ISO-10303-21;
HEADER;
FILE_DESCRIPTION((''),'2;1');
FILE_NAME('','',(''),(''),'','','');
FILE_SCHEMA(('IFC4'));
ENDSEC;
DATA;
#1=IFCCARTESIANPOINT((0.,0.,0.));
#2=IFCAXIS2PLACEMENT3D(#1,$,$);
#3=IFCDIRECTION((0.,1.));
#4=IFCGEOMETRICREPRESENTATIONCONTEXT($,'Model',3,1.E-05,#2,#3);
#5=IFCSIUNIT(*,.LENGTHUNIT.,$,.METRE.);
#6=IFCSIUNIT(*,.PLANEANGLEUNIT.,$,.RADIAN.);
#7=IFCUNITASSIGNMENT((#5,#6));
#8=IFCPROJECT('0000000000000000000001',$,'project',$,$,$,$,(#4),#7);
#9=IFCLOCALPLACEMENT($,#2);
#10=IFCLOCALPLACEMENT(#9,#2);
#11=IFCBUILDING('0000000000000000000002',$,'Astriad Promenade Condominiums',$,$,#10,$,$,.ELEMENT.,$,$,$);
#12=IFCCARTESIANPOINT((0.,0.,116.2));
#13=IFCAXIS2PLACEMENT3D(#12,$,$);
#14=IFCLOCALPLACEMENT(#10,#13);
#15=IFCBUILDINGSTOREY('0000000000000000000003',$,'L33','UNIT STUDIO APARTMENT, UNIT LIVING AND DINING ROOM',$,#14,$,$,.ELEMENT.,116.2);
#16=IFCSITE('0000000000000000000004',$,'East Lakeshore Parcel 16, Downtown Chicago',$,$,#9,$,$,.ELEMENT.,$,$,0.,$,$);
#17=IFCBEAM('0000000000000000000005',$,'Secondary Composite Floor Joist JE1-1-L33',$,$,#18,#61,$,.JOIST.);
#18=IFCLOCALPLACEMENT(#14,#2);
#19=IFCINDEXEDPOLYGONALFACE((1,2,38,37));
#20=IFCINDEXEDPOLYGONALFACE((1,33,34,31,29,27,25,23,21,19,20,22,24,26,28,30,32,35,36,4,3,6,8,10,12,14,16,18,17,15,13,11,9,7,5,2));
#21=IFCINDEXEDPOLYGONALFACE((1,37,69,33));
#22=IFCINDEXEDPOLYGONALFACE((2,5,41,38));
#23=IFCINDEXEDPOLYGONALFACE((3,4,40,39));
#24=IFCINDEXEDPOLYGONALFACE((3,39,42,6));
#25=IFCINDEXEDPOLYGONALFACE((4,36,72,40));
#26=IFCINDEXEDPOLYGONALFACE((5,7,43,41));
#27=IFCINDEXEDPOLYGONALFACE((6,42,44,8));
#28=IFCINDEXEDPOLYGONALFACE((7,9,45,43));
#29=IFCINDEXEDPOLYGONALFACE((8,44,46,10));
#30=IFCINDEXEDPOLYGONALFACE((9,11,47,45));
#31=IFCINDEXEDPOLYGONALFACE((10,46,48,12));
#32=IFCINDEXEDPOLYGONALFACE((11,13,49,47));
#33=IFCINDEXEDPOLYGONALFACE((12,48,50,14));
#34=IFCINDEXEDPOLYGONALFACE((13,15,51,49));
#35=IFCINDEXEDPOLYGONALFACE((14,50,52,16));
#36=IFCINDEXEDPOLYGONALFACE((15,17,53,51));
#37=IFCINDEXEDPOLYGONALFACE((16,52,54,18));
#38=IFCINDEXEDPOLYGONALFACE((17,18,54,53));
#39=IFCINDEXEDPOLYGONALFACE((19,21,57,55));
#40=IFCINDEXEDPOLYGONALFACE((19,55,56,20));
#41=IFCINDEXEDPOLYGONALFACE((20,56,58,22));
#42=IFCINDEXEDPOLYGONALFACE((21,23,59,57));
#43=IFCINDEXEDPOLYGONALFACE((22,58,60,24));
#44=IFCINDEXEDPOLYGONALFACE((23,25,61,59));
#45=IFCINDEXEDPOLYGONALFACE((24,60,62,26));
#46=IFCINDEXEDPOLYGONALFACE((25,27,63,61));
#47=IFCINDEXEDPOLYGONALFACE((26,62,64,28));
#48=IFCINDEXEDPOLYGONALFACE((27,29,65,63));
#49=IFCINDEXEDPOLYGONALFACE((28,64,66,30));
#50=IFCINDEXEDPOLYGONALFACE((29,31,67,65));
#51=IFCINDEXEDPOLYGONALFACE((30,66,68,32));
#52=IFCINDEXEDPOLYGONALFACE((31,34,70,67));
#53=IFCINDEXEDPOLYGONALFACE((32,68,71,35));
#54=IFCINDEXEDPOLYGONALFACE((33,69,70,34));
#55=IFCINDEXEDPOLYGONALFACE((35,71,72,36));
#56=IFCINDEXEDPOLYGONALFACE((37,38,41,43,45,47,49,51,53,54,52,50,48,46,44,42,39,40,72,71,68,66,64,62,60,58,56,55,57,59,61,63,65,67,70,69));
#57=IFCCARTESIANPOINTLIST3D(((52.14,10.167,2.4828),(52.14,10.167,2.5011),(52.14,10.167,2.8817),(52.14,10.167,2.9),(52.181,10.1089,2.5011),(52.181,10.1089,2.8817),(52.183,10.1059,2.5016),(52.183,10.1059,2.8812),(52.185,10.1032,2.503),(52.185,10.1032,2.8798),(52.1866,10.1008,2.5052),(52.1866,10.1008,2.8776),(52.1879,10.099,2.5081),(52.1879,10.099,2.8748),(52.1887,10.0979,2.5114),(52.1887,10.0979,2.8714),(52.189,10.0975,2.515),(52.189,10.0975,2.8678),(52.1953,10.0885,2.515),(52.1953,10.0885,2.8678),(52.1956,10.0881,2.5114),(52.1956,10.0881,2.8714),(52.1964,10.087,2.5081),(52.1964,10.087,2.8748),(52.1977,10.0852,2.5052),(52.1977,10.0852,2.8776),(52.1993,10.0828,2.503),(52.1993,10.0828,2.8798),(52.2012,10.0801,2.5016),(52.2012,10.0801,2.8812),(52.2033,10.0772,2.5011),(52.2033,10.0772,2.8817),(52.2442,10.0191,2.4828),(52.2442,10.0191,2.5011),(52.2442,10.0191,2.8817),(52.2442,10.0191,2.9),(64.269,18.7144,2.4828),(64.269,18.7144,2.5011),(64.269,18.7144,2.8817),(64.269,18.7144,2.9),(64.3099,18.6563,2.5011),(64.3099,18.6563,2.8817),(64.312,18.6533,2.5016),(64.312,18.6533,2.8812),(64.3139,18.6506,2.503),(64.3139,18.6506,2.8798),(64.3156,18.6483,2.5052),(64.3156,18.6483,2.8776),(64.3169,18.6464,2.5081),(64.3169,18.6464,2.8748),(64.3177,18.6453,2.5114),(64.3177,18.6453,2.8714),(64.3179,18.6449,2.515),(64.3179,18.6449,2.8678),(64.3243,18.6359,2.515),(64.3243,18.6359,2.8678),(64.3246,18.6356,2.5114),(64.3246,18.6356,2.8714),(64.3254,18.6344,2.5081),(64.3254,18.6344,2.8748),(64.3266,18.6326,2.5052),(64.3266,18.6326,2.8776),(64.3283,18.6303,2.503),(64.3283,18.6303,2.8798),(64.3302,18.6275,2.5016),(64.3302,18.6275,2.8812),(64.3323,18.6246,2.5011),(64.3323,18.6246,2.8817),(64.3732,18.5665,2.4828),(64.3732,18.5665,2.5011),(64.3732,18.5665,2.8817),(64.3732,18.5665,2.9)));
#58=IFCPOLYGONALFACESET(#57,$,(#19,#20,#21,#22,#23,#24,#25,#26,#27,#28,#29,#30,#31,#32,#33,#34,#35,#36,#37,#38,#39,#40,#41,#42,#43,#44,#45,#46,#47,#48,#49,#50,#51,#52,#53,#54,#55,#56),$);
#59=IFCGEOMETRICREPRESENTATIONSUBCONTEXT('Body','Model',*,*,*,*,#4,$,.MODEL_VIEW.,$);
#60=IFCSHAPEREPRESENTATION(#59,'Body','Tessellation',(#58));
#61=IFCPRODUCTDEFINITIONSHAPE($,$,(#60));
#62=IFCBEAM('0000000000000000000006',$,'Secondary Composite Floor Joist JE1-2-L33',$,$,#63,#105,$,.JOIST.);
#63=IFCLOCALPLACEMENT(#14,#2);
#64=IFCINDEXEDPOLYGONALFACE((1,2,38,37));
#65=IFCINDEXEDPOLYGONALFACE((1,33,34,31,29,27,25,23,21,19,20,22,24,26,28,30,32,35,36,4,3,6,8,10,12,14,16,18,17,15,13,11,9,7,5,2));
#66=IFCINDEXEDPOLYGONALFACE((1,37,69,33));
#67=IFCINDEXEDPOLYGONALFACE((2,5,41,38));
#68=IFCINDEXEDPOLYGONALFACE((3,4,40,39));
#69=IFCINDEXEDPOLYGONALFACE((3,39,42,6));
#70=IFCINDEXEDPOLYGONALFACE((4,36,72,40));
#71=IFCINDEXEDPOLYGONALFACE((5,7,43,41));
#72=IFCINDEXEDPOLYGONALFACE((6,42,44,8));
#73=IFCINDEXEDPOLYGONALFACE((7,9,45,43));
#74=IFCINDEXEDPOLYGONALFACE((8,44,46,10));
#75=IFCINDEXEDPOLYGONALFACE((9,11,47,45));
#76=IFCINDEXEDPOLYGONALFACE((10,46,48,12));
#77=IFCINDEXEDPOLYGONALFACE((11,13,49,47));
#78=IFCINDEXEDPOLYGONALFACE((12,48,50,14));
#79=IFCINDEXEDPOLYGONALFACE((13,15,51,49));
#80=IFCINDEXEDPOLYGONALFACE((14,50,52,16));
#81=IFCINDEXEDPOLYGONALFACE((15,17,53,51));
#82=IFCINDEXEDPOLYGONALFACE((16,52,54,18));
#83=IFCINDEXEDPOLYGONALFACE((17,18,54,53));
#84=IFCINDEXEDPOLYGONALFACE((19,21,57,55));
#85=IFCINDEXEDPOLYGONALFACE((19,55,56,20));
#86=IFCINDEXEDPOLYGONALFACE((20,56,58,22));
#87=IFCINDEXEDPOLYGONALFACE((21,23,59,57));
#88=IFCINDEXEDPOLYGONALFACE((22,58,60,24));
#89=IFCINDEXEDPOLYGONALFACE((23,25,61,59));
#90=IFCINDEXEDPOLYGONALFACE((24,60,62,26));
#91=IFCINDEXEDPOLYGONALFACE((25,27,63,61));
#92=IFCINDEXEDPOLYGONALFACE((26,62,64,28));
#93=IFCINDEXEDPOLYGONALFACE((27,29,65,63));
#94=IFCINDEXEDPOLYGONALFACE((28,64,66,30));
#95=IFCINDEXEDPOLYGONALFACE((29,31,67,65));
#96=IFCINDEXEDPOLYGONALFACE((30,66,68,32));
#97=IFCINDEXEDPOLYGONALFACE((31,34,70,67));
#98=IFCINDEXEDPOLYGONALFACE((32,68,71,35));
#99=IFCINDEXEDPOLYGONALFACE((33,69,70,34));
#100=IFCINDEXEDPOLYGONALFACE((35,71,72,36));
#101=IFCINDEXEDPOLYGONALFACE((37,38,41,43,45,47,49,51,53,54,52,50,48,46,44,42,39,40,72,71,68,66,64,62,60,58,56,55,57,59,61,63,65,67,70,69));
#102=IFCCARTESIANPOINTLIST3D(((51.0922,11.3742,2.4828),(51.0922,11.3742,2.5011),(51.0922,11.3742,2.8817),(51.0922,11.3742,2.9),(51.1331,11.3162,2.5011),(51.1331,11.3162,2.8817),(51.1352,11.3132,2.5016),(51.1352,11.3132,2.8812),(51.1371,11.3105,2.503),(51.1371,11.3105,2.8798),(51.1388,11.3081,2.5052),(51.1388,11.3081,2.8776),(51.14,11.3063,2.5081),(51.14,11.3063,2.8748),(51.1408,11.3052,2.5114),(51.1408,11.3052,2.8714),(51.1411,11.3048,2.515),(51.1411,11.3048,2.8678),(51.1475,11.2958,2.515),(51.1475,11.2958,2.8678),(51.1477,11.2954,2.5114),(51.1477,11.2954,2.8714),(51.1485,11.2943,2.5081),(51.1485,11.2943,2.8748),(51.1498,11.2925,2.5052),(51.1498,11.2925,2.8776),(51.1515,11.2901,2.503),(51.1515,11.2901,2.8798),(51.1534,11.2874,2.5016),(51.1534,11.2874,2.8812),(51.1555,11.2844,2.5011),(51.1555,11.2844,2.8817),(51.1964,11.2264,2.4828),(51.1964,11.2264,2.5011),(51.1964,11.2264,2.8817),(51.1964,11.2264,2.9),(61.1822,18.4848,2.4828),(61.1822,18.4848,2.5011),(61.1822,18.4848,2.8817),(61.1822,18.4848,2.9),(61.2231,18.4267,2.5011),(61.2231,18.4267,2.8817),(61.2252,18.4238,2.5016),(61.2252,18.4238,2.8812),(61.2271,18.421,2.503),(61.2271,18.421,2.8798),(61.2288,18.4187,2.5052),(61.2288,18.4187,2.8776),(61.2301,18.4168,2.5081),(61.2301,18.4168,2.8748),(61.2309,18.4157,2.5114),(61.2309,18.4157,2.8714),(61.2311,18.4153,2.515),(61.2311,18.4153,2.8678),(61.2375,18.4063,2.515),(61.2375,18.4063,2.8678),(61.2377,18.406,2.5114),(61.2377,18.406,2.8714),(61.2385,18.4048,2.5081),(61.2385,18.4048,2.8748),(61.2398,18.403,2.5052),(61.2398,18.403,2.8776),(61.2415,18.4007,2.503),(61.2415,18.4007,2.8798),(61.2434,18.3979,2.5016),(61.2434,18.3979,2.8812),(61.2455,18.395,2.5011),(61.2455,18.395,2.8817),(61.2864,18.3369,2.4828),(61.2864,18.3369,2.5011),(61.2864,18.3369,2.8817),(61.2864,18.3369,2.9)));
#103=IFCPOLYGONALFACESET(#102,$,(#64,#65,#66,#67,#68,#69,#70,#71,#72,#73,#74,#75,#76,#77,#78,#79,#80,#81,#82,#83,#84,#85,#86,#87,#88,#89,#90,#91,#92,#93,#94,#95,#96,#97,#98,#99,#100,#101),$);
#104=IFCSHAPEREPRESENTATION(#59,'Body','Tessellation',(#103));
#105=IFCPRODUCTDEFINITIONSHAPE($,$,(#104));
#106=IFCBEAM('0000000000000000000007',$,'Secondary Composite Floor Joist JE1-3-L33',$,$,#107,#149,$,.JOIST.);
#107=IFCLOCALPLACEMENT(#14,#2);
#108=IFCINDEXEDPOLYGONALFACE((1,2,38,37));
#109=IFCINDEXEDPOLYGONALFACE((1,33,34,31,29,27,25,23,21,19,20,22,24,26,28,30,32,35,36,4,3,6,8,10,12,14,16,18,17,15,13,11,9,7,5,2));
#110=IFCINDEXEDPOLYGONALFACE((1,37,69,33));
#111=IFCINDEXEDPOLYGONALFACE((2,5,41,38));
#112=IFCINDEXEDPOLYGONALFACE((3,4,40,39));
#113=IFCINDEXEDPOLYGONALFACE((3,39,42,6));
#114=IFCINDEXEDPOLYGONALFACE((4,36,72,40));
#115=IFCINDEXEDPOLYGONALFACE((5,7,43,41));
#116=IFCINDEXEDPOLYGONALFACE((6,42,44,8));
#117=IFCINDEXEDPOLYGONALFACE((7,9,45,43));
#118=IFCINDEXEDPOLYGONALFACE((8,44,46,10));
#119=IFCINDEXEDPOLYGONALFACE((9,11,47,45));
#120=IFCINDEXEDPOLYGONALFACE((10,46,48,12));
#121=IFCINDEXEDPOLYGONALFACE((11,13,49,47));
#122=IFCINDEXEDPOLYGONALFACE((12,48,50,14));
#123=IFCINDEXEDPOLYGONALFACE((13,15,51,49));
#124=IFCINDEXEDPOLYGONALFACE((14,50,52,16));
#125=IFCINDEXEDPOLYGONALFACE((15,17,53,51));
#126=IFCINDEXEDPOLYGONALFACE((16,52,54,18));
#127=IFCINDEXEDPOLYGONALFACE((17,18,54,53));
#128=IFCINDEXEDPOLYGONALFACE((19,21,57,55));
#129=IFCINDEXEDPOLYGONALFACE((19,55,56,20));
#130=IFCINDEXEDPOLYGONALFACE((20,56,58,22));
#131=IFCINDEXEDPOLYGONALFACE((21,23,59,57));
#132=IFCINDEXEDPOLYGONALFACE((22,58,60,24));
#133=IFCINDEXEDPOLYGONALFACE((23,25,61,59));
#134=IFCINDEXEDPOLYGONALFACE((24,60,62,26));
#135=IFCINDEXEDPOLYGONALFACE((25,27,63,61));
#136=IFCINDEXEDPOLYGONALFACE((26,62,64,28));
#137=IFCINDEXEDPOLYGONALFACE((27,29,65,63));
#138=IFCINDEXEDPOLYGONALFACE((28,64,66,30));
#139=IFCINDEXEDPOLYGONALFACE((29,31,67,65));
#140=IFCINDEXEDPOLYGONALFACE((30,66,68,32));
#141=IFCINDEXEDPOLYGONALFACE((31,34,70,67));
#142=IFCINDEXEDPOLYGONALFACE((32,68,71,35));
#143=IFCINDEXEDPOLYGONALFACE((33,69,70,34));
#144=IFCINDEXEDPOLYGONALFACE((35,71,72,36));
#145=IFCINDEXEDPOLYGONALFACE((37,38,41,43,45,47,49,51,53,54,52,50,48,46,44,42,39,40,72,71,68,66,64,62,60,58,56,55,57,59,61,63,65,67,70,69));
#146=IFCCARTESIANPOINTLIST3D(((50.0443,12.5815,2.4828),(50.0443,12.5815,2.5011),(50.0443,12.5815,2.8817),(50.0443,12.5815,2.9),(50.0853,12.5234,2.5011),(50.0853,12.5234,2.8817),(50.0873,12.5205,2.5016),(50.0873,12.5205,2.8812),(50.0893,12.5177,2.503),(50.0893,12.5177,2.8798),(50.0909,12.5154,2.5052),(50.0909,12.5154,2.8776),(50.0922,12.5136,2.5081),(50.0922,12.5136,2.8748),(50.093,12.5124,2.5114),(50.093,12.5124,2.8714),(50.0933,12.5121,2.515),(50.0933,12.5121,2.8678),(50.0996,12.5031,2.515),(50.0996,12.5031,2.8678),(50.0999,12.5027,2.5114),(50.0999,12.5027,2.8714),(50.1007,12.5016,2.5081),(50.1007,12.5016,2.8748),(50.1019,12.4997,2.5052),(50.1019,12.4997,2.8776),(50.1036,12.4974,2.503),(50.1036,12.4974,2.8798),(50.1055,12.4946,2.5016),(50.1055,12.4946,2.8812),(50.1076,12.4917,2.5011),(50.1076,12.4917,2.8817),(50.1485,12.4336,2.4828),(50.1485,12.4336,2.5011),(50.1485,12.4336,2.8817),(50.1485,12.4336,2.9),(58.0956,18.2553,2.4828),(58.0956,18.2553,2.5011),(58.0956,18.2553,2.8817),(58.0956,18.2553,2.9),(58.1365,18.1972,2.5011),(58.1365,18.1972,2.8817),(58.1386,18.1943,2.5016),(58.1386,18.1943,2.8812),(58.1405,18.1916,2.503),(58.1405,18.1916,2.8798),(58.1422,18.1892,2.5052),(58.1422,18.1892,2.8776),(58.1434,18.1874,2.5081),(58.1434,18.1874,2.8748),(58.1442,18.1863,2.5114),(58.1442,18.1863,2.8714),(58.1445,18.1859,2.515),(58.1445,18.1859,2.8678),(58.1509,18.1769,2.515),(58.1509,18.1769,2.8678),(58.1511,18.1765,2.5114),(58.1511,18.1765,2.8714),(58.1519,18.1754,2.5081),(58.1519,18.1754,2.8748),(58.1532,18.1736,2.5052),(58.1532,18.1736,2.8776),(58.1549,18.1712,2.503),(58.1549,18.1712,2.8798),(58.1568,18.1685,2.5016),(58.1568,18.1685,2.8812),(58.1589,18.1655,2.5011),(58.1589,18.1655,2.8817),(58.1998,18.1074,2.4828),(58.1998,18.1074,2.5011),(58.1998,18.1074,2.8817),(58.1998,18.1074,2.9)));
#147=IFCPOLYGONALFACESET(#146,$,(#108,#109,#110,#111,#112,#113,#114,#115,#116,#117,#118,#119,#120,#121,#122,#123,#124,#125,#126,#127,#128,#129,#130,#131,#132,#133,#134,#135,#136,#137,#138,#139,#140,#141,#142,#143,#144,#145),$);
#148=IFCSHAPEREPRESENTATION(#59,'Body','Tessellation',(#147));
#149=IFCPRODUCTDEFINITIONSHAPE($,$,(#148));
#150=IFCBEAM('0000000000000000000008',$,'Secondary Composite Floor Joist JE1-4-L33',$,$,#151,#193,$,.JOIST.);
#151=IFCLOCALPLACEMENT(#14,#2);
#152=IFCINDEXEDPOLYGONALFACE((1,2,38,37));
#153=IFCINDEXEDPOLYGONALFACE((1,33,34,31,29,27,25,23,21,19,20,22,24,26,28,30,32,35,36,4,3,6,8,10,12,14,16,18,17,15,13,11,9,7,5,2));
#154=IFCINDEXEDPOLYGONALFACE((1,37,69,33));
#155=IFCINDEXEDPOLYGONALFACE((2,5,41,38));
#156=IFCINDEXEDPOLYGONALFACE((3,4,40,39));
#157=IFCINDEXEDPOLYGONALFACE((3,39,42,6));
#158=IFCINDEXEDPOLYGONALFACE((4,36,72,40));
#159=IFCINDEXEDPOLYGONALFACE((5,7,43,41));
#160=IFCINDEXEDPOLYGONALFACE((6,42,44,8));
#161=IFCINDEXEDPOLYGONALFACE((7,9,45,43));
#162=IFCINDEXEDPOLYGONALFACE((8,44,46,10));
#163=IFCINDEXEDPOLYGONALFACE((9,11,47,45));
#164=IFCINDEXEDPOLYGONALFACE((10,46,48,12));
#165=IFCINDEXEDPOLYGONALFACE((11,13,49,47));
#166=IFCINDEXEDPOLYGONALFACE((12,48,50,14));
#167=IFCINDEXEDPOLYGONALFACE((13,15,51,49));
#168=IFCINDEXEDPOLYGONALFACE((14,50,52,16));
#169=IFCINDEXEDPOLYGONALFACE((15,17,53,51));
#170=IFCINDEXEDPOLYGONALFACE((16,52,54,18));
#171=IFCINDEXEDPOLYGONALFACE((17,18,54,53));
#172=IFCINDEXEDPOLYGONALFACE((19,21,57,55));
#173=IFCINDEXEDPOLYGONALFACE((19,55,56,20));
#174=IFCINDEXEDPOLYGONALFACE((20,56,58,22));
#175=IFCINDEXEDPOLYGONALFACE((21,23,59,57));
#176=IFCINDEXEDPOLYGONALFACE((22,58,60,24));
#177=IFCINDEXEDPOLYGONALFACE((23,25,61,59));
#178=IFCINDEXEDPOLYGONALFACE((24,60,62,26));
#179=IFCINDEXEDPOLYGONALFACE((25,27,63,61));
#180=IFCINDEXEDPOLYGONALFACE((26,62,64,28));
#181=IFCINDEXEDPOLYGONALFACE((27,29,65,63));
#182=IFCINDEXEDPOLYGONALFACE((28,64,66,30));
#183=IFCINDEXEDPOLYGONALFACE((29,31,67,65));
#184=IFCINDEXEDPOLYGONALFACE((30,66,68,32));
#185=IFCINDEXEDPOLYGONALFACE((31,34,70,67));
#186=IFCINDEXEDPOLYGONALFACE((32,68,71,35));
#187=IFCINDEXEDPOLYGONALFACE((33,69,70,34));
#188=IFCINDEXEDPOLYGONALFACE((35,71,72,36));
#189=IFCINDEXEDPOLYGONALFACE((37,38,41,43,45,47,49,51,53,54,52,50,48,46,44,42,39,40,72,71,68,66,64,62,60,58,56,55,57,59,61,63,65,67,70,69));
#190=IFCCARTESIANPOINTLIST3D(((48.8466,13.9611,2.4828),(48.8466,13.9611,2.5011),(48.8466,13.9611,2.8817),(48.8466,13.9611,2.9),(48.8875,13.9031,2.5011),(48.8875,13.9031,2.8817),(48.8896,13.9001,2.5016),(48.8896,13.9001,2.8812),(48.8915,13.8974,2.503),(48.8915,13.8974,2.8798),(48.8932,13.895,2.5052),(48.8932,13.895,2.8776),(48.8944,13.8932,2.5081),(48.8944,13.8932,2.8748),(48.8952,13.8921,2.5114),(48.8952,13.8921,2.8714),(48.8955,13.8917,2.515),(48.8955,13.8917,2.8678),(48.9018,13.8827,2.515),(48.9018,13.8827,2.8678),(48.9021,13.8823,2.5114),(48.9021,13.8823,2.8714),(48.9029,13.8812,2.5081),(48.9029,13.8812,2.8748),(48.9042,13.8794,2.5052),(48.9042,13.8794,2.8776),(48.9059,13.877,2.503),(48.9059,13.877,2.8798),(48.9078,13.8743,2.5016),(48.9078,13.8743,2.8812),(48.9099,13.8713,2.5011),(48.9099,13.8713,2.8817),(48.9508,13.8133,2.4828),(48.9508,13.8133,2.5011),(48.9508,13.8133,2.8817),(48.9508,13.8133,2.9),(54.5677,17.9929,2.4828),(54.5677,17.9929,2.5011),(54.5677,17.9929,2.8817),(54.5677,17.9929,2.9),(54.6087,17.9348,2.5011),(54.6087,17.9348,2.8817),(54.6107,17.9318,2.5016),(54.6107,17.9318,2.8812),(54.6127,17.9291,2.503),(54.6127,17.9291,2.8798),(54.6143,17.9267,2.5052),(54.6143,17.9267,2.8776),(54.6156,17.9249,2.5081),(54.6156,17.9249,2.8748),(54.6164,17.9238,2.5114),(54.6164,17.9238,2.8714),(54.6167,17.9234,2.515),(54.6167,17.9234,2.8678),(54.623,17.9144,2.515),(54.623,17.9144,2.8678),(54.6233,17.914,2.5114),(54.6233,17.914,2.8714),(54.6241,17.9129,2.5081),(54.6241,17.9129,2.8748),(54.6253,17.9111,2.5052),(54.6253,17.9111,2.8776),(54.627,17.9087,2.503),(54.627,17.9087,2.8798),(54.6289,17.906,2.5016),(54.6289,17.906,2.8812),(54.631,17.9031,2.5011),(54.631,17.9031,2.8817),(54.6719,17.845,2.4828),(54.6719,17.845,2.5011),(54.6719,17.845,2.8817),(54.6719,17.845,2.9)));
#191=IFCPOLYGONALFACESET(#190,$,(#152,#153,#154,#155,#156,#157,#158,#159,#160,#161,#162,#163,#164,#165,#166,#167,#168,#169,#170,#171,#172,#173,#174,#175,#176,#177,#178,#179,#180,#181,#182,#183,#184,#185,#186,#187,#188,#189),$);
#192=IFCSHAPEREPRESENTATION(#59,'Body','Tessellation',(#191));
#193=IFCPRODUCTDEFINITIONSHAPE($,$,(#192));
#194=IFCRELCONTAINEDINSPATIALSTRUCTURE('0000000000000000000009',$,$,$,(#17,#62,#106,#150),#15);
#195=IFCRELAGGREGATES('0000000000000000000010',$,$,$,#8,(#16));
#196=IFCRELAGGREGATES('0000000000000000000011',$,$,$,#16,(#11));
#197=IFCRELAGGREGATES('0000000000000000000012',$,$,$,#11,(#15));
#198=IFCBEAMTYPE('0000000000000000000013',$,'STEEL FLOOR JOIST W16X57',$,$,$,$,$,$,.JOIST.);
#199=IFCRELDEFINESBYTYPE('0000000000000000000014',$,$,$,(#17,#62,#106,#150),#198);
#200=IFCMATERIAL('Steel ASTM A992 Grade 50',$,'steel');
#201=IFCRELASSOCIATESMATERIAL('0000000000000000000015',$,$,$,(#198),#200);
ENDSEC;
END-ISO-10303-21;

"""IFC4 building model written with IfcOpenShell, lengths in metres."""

from ifc_helpers import new_model, si_unit, direction, frame, origin, origin_2d, place, context, subcontext, project, spatial, i_section, extrude, source, transform, mapped, material, material_profile, profile_set, type_object, element, save


model = new_model("IFC4")

# Units and contexts
model_context = context("Model", 3, precision=1e-05, world=origin(), true_north=direction((0.0, 1.0)))
body_context = subcontext(model_context, "Body", "Model", "MODEL_VIEW")
ifc_project = project(units=[si_unit("LENGTHUNIT", "METRE"), si_unit("PLANEANGLEUNIT", "RADIAN")], contexts=[model_context])

# Site, building, storey
site_placement = place(None, origin())
site = spatial("IfcSite", under=ifc_project, at=site_placement, Name="East Lakeshore Parcel 16, Downtown Chicago", CompositionType="ELEMENT", RefElevation=0.0)
building_placement = place(site_placement, origin())
building = spatial("IfcBuilding", under=site, at=building_placement, Name="Astriad Promenade Condominiums", CompositionType="ELEMENT")
storey_placement = place(building_placement, frame((0.0, 0.0, 116.2)))
storey = spatial("IfcBuildingStorey", under=building, at=storey_placement, Name="L33", Description="UNIT STUDIO APARTMENT, UNIT LIVING AND DINING ROOM", CompositionType="ELEMENT", Elevation=116.2)

# Beams
ifc_material_1 = material(Name="Steel ASTM A992 Grade 50", Category="steel")
ifc_material_profile_1 = material_profile(ifc_material_1, i_section(OverallWidth=0.1809, OverallDepth=0.4172, WebThickness=0.011, FlangeThickness=0.0183, FilletRadius=0.0139, at=origin_2d()), Name="W16X57")
ifc_profile_set_1 = profile_set([ifc_material_profile_1], Name="Steel ASTM A992 Grade 50")
beam_type_1 = type_object("IfcBeamType", Name="STEEL FLOOR JOIST W16X57", PredefinedType="JOIST", material=ifc_profile_set_1)
shared_shape_1 = source(origin(), body_context, "Body", "SweptSolid", [
    extrude(i_section(OverallWidth=0.1809, OverallDepth=0.4172, WebThickness=0.011, FlangeThickness=0.0183, FilletRadius=0.0139, at=origin_2d()), origin(), (0.0, 0.0, 1.0), 14.8381),
])
beam_1_placement = place(storey_placement, frame((52.1921, 10.093, 2.6914), z_axis=(0.817419, 0.576043, 0.0), x_axis=(-0.576043, 0.817419, 0.0)))
element("IfcBeam", 1, at=beam_1_placement, inside=storey, type_object=beam_type_1, Name="Secondary Composite Floor Joist JE1-1-L33", PredefinedType="JOIST", context=body_context, shape_type="MappedRepresentation", body=[
    mapped(shared_shape_1, transform((0.0, 0.0, 0.0), scale=1.0)),
])
shared_shape_2 = source(origin(), body_context, "Body", "SweptSolid", [
    extrude(i_section(OverallWidth=0.1809, OverallDepth=0.4172, WebThickness=0.011, FlangeThickness=0.0183, FilletRadius=0.0139, at=origin_2d()), origin(), (0.0, 0.0, 1.0), 12.3438),
])
beam_2_placement = place(storey_placement, frame((51.1443, 11.3003, 2.6914), z_axis=(0.817419, 0.576044, 0.0), x_axis=(-0.576044, 0.817419, 0.0)))
element("IfcBeam", 2, at=beam_2_placement, inside=storey, type_object=beam_type_1, Name="Secondary Composite Floor Joist JE1-2-L33", PredefinedType="JOIST", context=body_context, shape_type="MappedRepresentation", body=[
    mapped(shared_shape_2, transform((0.0, 0.0, 0.0), scale=1.0)),
])
shared_shape_3 = source(origin(), body_context, "Body", "SweptSolid", [
    extrude(i_section(OverallWidth=0.1809, OverallDepth=0.4172, WebThickness=0.011, FlangeThickness=0.0183, FilletRadius=0.0139, at=origin_2d()), origin(), (0.0, 0.0, 1.0), 9.8496),
])
beam_3_placement = place(storey_placement, frame((50.0964, 12.5076, 2.6914), z_axis=(0.817418, 0.576045, 0.0), x_axis=(-0.576045, 0.817418, 0.0)))
element("IfcBeam", 3, at=beam_3_placement, inside=storey, type_object=beam_type_1, Name="Secondary Composite Floor Joist JE1-3-L33", PredefinedType="JOIST", context=body_context, shape_type="MappedRepresentation", body=[
    mapped(shared_shape_3, transform((0.0, 0.0, 0.0), scale=1.0)),
])
shared_shape_4 = source(origin(), body_context, "Body", "SweptSolid", [
    extrude(i_section(OverallWidth=0.1809, OverallDepth=0.4172, WebThickness=0.011, FlangeThickness=0.0183, FilletRadius=0.0139, at=origin_2d()), origin(), (0.0, 0.0, 1.0), 6.999),
])
beam_4_placement = place(storey_placement, frame((48.8987, 13.8872, 2.6914), z_axis=(0.817422, 0.576039, 0.0), x_axis=(-0.576039, 0.817422, 0.0)))
element("IfcBeam", 4, at=beam_4_placement, inside=storey, type_object=beam_type_1, Name="Secondary Composite Floor Joist JE1-4-L33", PredefinedType="JOIST", context=body_context, shape_type="MappedRepresentation", body=[
    mapped(shared_shape_4, transform((0.0, 0.0, 0.0), scale=1.0)),
])

save(model, "model.ifc")
